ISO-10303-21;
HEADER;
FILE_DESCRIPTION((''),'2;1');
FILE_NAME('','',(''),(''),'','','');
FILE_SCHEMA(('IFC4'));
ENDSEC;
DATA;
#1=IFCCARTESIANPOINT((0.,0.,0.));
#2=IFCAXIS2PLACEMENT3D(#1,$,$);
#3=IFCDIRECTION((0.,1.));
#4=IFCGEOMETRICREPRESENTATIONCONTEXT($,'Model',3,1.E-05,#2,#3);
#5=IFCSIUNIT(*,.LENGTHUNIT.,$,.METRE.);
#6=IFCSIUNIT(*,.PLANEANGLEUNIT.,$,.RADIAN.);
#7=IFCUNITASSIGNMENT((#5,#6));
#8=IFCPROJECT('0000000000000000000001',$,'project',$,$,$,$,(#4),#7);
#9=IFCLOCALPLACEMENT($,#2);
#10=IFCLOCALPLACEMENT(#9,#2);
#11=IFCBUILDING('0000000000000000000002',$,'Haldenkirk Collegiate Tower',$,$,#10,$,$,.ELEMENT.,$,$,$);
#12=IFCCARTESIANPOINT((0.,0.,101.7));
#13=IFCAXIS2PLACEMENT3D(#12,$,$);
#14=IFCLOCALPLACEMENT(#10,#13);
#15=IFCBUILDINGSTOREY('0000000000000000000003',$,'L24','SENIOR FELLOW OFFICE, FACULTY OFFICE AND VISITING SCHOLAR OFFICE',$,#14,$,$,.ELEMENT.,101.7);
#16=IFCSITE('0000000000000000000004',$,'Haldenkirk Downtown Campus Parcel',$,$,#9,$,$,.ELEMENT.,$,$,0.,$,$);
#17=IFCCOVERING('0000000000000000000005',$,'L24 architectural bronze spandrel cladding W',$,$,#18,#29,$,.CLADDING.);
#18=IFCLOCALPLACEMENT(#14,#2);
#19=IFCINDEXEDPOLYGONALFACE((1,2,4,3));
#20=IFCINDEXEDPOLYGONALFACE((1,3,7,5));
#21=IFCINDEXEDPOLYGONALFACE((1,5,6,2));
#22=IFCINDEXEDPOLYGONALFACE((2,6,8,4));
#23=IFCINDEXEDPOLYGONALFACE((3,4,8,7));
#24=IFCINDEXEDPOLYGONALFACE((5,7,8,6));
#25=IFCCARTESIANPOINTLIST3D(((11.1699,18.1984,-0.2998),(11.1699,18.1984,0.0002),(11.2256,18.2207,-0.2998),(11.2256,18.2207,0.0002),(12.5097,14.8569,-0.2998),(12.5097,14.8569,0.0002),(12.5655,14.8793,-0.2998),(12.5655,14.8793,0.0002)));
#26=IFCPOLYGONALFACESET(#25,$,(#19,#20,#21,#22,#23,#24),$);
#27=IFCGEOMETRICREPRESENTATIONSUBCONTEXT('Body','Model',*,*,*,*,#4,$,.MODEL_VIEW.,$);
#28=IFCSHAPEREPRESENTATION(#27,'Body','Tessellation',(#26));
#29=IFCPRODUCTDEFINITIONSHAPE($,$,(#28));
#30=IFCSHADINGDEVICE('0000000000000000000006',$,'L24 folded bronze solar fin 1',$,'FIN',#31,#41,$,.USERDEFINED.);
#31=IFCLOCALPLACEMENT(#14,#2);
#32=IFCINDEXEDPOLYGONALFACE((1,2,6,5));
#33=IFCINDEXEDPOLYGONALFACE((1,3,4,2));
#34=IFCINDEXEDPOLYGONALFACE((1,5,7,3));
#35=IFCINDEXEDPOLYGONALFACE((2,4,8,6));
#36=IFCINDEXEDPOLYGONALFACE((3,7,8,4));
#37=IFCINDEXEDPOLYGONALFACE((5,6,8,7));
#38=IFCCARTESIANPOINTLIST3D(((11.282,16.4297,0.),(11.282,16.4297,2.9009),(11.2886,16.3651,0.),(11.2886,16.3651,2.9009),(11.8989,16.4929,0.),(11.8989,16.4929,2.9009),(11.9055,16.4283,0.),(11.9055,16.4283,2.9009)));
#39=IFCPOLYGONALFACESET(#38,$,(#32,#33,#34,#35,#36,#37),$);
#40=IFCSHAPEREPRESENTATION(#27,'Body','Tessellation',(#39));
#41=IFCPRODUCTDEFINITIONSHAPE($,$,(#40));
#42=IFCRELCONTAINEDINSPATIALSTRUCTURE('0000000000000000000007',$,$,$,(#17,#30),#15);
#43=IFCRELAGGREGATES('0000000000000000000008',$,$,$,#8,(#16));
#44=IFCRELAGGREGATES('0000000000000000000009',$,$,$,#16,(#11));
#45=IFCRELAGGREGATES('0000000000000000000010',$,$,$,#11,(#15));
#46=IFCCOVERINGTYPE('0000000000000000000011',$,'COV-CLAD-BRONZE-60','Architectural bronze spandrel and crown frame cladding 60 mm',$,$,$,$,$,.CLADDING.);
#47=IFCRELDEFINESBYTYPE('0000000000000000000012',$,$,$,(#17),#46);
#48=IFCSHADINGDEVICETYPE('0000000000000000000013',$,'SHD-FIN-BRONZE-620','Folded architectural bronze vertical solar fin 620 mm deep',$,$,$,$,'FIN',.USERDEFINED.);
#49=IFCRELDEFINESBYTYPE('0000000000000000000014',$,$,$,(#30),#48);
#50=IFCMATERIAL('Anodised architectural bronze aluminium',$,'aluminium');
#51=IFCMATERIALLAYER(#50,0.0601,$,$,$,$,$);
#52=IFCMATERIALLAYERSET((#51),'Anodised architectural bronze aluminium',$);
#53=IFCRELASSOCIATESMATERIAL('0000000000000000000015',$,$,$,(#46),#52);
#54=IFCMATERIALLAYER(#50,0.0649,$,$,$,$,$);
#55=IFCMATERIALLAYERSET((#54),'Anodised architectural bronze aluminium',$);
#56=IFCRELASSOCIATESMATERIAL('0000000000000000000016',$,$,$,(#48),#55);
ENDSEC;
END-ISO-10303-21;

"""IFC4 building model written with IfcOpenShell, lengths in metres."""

from ifc_helpers import new_model, si_unit, direction, frame, origin, origin_2d, place, context, subcontext, project, spatial, rectangle, extrude, source, transform, mapped, material, layer, layer_set, type_object, element, save


model = new_model("IFC4")

# Units and contexts
model_context = context("Model", 3, precision=1e-05, world=origin(), true_north=direction((0.0, 1.0)))
body_context = subcontext(model_context, "Body", "Model", "MODEL_VIEW")
ifc_project = project(units=[si_unit("LENGTHUNIT", "METRE"), si_unit("PLANEANGLEUNIT", "RADIAN")], contexts=[model_context])

# Site, building, storey
site_placement = place(None, origin())
site = spatial("IfcSite", under=ifc_project, at=site_placement, Name="Haldenkirk Downtown Campus Parcel", CompositionType="ELEMENT", RefElevation=0.0)
building_placement = place(site_placement, origin())
building = spatial("IfcBuilding", under=site, at=building_placement, Name="Haldenkirk Collegiate Tower", CompositionType="ELEMENT")
storey_placement = place(building_placement, frame((0.0, 0.0, 101.7)))
storey = spatial("IfcBuildingStorey", under=building, at=storey_placement, Name="L24", Description="SENIOR FELLOW OFFICE, FACULTY OFFICE AND VISITING SCHOLAR OFFICE", CompositionType="ELEMENT", Elevation=101.7)

# Shared definitions
ifc_material_1 = material(Name="Anodised architectural bronze aluminium", Category="aluminium")

# Covering
ifc_layer_1 = layer(ifc_material_1, 0.0601)
ifc_layer_set_1 = layer_set([ifc_layer_1], Name="Anodised architectural bronze aluminium")
covering_type_1 = type_object("IfcCoveringType", Name="COV-CLAD-BRONZE-60", Description="Architectural bronze spandrel and crown frame cladding 60 mm", PredefinedType="CLADDING", material=ifc_layer_set_1)
shared_shape_1 = source(origin(), body_context, "Body", "SweptSolid", [
    extrude(rectangle(XDim=3.6001, YDim=0.0601, at=origin_2d()), origin(), (0.0, 0.0, 1.0), 0.3),
])
covering_1_placement = place(storey_placement, frame((11.8677, 16.5388, -0.2998), z_axis=(0.0, 0.0, 1.0), x_axis=(-0.372178, 0.928161, 0.0)))
element("IfcCovering", 1, at=covering_1_placement, inside=storey, type_object=covering_type_1, Name="L24 architectural bronze spandrel cladding W", PredefinedType="CLADDING", context=body_context, shape_type="MappedRepresentation", body=[
    mapped(shared_shape_1, transform((0.0, 0.0, 0.0), x_axis=(1.0, 0.0, 0.0), y_axis=(0.0, 1.0, 0.0), z_axis=(0.0, 0.0, 1.0), scale=1.0)),
])

# Shading device
ifc_layer_2 = layer(ifc_material_1, 0.0649)
ifc_layer_set_2 = layer_set([ifc_layer_2], Name="Anodised architectural bronze aluminium")
shading_device_type = type_object("IfcShadingDeviceType", Name="SHD-FIN-BRONZE-620", Description="Folded architectural bronze vertical solar fin 620 mm deep", ElementType="FIN", PredefinedType="USERDEFINED", material=ifc_layer_set_2)
shared_shape_2 = source(origin(), body_context, "Body", "SweptSolid", [
    extrude(rectangle(XDim=0.6201, YDim=0.0649, at=origin_2d()), origin(), (0.0, 0.0, 1.0), 2.9009),
])
shading_device_placement = place(storey_placement, frame((11.5938, 16.429, 0.0), z_axis=(0.0, 0.0, 1.0), x_axis=(-0.994792, -0.101924, 0.0)))
element("IfcShadingDevice", 2, at=shading_device_placement, inside=storey, type_object=shading_device_type, Name="L24 folded bronze solar fin 1", ObjectType="FIN", PredefinedType="USERDEFINED", context=body_context, shape_type="MappedRepresentation", body=[
    mapped(shared_shape_2, transform((0.0, 0.0, 0.0), x_axis=(1.0, 0.0, 0.0), y_axis=(0.0, 1.0, 0.0), z_axis=(0.0, 0.0, 1.0), scale=1.0)),
])

save(model, "model.ifc")
